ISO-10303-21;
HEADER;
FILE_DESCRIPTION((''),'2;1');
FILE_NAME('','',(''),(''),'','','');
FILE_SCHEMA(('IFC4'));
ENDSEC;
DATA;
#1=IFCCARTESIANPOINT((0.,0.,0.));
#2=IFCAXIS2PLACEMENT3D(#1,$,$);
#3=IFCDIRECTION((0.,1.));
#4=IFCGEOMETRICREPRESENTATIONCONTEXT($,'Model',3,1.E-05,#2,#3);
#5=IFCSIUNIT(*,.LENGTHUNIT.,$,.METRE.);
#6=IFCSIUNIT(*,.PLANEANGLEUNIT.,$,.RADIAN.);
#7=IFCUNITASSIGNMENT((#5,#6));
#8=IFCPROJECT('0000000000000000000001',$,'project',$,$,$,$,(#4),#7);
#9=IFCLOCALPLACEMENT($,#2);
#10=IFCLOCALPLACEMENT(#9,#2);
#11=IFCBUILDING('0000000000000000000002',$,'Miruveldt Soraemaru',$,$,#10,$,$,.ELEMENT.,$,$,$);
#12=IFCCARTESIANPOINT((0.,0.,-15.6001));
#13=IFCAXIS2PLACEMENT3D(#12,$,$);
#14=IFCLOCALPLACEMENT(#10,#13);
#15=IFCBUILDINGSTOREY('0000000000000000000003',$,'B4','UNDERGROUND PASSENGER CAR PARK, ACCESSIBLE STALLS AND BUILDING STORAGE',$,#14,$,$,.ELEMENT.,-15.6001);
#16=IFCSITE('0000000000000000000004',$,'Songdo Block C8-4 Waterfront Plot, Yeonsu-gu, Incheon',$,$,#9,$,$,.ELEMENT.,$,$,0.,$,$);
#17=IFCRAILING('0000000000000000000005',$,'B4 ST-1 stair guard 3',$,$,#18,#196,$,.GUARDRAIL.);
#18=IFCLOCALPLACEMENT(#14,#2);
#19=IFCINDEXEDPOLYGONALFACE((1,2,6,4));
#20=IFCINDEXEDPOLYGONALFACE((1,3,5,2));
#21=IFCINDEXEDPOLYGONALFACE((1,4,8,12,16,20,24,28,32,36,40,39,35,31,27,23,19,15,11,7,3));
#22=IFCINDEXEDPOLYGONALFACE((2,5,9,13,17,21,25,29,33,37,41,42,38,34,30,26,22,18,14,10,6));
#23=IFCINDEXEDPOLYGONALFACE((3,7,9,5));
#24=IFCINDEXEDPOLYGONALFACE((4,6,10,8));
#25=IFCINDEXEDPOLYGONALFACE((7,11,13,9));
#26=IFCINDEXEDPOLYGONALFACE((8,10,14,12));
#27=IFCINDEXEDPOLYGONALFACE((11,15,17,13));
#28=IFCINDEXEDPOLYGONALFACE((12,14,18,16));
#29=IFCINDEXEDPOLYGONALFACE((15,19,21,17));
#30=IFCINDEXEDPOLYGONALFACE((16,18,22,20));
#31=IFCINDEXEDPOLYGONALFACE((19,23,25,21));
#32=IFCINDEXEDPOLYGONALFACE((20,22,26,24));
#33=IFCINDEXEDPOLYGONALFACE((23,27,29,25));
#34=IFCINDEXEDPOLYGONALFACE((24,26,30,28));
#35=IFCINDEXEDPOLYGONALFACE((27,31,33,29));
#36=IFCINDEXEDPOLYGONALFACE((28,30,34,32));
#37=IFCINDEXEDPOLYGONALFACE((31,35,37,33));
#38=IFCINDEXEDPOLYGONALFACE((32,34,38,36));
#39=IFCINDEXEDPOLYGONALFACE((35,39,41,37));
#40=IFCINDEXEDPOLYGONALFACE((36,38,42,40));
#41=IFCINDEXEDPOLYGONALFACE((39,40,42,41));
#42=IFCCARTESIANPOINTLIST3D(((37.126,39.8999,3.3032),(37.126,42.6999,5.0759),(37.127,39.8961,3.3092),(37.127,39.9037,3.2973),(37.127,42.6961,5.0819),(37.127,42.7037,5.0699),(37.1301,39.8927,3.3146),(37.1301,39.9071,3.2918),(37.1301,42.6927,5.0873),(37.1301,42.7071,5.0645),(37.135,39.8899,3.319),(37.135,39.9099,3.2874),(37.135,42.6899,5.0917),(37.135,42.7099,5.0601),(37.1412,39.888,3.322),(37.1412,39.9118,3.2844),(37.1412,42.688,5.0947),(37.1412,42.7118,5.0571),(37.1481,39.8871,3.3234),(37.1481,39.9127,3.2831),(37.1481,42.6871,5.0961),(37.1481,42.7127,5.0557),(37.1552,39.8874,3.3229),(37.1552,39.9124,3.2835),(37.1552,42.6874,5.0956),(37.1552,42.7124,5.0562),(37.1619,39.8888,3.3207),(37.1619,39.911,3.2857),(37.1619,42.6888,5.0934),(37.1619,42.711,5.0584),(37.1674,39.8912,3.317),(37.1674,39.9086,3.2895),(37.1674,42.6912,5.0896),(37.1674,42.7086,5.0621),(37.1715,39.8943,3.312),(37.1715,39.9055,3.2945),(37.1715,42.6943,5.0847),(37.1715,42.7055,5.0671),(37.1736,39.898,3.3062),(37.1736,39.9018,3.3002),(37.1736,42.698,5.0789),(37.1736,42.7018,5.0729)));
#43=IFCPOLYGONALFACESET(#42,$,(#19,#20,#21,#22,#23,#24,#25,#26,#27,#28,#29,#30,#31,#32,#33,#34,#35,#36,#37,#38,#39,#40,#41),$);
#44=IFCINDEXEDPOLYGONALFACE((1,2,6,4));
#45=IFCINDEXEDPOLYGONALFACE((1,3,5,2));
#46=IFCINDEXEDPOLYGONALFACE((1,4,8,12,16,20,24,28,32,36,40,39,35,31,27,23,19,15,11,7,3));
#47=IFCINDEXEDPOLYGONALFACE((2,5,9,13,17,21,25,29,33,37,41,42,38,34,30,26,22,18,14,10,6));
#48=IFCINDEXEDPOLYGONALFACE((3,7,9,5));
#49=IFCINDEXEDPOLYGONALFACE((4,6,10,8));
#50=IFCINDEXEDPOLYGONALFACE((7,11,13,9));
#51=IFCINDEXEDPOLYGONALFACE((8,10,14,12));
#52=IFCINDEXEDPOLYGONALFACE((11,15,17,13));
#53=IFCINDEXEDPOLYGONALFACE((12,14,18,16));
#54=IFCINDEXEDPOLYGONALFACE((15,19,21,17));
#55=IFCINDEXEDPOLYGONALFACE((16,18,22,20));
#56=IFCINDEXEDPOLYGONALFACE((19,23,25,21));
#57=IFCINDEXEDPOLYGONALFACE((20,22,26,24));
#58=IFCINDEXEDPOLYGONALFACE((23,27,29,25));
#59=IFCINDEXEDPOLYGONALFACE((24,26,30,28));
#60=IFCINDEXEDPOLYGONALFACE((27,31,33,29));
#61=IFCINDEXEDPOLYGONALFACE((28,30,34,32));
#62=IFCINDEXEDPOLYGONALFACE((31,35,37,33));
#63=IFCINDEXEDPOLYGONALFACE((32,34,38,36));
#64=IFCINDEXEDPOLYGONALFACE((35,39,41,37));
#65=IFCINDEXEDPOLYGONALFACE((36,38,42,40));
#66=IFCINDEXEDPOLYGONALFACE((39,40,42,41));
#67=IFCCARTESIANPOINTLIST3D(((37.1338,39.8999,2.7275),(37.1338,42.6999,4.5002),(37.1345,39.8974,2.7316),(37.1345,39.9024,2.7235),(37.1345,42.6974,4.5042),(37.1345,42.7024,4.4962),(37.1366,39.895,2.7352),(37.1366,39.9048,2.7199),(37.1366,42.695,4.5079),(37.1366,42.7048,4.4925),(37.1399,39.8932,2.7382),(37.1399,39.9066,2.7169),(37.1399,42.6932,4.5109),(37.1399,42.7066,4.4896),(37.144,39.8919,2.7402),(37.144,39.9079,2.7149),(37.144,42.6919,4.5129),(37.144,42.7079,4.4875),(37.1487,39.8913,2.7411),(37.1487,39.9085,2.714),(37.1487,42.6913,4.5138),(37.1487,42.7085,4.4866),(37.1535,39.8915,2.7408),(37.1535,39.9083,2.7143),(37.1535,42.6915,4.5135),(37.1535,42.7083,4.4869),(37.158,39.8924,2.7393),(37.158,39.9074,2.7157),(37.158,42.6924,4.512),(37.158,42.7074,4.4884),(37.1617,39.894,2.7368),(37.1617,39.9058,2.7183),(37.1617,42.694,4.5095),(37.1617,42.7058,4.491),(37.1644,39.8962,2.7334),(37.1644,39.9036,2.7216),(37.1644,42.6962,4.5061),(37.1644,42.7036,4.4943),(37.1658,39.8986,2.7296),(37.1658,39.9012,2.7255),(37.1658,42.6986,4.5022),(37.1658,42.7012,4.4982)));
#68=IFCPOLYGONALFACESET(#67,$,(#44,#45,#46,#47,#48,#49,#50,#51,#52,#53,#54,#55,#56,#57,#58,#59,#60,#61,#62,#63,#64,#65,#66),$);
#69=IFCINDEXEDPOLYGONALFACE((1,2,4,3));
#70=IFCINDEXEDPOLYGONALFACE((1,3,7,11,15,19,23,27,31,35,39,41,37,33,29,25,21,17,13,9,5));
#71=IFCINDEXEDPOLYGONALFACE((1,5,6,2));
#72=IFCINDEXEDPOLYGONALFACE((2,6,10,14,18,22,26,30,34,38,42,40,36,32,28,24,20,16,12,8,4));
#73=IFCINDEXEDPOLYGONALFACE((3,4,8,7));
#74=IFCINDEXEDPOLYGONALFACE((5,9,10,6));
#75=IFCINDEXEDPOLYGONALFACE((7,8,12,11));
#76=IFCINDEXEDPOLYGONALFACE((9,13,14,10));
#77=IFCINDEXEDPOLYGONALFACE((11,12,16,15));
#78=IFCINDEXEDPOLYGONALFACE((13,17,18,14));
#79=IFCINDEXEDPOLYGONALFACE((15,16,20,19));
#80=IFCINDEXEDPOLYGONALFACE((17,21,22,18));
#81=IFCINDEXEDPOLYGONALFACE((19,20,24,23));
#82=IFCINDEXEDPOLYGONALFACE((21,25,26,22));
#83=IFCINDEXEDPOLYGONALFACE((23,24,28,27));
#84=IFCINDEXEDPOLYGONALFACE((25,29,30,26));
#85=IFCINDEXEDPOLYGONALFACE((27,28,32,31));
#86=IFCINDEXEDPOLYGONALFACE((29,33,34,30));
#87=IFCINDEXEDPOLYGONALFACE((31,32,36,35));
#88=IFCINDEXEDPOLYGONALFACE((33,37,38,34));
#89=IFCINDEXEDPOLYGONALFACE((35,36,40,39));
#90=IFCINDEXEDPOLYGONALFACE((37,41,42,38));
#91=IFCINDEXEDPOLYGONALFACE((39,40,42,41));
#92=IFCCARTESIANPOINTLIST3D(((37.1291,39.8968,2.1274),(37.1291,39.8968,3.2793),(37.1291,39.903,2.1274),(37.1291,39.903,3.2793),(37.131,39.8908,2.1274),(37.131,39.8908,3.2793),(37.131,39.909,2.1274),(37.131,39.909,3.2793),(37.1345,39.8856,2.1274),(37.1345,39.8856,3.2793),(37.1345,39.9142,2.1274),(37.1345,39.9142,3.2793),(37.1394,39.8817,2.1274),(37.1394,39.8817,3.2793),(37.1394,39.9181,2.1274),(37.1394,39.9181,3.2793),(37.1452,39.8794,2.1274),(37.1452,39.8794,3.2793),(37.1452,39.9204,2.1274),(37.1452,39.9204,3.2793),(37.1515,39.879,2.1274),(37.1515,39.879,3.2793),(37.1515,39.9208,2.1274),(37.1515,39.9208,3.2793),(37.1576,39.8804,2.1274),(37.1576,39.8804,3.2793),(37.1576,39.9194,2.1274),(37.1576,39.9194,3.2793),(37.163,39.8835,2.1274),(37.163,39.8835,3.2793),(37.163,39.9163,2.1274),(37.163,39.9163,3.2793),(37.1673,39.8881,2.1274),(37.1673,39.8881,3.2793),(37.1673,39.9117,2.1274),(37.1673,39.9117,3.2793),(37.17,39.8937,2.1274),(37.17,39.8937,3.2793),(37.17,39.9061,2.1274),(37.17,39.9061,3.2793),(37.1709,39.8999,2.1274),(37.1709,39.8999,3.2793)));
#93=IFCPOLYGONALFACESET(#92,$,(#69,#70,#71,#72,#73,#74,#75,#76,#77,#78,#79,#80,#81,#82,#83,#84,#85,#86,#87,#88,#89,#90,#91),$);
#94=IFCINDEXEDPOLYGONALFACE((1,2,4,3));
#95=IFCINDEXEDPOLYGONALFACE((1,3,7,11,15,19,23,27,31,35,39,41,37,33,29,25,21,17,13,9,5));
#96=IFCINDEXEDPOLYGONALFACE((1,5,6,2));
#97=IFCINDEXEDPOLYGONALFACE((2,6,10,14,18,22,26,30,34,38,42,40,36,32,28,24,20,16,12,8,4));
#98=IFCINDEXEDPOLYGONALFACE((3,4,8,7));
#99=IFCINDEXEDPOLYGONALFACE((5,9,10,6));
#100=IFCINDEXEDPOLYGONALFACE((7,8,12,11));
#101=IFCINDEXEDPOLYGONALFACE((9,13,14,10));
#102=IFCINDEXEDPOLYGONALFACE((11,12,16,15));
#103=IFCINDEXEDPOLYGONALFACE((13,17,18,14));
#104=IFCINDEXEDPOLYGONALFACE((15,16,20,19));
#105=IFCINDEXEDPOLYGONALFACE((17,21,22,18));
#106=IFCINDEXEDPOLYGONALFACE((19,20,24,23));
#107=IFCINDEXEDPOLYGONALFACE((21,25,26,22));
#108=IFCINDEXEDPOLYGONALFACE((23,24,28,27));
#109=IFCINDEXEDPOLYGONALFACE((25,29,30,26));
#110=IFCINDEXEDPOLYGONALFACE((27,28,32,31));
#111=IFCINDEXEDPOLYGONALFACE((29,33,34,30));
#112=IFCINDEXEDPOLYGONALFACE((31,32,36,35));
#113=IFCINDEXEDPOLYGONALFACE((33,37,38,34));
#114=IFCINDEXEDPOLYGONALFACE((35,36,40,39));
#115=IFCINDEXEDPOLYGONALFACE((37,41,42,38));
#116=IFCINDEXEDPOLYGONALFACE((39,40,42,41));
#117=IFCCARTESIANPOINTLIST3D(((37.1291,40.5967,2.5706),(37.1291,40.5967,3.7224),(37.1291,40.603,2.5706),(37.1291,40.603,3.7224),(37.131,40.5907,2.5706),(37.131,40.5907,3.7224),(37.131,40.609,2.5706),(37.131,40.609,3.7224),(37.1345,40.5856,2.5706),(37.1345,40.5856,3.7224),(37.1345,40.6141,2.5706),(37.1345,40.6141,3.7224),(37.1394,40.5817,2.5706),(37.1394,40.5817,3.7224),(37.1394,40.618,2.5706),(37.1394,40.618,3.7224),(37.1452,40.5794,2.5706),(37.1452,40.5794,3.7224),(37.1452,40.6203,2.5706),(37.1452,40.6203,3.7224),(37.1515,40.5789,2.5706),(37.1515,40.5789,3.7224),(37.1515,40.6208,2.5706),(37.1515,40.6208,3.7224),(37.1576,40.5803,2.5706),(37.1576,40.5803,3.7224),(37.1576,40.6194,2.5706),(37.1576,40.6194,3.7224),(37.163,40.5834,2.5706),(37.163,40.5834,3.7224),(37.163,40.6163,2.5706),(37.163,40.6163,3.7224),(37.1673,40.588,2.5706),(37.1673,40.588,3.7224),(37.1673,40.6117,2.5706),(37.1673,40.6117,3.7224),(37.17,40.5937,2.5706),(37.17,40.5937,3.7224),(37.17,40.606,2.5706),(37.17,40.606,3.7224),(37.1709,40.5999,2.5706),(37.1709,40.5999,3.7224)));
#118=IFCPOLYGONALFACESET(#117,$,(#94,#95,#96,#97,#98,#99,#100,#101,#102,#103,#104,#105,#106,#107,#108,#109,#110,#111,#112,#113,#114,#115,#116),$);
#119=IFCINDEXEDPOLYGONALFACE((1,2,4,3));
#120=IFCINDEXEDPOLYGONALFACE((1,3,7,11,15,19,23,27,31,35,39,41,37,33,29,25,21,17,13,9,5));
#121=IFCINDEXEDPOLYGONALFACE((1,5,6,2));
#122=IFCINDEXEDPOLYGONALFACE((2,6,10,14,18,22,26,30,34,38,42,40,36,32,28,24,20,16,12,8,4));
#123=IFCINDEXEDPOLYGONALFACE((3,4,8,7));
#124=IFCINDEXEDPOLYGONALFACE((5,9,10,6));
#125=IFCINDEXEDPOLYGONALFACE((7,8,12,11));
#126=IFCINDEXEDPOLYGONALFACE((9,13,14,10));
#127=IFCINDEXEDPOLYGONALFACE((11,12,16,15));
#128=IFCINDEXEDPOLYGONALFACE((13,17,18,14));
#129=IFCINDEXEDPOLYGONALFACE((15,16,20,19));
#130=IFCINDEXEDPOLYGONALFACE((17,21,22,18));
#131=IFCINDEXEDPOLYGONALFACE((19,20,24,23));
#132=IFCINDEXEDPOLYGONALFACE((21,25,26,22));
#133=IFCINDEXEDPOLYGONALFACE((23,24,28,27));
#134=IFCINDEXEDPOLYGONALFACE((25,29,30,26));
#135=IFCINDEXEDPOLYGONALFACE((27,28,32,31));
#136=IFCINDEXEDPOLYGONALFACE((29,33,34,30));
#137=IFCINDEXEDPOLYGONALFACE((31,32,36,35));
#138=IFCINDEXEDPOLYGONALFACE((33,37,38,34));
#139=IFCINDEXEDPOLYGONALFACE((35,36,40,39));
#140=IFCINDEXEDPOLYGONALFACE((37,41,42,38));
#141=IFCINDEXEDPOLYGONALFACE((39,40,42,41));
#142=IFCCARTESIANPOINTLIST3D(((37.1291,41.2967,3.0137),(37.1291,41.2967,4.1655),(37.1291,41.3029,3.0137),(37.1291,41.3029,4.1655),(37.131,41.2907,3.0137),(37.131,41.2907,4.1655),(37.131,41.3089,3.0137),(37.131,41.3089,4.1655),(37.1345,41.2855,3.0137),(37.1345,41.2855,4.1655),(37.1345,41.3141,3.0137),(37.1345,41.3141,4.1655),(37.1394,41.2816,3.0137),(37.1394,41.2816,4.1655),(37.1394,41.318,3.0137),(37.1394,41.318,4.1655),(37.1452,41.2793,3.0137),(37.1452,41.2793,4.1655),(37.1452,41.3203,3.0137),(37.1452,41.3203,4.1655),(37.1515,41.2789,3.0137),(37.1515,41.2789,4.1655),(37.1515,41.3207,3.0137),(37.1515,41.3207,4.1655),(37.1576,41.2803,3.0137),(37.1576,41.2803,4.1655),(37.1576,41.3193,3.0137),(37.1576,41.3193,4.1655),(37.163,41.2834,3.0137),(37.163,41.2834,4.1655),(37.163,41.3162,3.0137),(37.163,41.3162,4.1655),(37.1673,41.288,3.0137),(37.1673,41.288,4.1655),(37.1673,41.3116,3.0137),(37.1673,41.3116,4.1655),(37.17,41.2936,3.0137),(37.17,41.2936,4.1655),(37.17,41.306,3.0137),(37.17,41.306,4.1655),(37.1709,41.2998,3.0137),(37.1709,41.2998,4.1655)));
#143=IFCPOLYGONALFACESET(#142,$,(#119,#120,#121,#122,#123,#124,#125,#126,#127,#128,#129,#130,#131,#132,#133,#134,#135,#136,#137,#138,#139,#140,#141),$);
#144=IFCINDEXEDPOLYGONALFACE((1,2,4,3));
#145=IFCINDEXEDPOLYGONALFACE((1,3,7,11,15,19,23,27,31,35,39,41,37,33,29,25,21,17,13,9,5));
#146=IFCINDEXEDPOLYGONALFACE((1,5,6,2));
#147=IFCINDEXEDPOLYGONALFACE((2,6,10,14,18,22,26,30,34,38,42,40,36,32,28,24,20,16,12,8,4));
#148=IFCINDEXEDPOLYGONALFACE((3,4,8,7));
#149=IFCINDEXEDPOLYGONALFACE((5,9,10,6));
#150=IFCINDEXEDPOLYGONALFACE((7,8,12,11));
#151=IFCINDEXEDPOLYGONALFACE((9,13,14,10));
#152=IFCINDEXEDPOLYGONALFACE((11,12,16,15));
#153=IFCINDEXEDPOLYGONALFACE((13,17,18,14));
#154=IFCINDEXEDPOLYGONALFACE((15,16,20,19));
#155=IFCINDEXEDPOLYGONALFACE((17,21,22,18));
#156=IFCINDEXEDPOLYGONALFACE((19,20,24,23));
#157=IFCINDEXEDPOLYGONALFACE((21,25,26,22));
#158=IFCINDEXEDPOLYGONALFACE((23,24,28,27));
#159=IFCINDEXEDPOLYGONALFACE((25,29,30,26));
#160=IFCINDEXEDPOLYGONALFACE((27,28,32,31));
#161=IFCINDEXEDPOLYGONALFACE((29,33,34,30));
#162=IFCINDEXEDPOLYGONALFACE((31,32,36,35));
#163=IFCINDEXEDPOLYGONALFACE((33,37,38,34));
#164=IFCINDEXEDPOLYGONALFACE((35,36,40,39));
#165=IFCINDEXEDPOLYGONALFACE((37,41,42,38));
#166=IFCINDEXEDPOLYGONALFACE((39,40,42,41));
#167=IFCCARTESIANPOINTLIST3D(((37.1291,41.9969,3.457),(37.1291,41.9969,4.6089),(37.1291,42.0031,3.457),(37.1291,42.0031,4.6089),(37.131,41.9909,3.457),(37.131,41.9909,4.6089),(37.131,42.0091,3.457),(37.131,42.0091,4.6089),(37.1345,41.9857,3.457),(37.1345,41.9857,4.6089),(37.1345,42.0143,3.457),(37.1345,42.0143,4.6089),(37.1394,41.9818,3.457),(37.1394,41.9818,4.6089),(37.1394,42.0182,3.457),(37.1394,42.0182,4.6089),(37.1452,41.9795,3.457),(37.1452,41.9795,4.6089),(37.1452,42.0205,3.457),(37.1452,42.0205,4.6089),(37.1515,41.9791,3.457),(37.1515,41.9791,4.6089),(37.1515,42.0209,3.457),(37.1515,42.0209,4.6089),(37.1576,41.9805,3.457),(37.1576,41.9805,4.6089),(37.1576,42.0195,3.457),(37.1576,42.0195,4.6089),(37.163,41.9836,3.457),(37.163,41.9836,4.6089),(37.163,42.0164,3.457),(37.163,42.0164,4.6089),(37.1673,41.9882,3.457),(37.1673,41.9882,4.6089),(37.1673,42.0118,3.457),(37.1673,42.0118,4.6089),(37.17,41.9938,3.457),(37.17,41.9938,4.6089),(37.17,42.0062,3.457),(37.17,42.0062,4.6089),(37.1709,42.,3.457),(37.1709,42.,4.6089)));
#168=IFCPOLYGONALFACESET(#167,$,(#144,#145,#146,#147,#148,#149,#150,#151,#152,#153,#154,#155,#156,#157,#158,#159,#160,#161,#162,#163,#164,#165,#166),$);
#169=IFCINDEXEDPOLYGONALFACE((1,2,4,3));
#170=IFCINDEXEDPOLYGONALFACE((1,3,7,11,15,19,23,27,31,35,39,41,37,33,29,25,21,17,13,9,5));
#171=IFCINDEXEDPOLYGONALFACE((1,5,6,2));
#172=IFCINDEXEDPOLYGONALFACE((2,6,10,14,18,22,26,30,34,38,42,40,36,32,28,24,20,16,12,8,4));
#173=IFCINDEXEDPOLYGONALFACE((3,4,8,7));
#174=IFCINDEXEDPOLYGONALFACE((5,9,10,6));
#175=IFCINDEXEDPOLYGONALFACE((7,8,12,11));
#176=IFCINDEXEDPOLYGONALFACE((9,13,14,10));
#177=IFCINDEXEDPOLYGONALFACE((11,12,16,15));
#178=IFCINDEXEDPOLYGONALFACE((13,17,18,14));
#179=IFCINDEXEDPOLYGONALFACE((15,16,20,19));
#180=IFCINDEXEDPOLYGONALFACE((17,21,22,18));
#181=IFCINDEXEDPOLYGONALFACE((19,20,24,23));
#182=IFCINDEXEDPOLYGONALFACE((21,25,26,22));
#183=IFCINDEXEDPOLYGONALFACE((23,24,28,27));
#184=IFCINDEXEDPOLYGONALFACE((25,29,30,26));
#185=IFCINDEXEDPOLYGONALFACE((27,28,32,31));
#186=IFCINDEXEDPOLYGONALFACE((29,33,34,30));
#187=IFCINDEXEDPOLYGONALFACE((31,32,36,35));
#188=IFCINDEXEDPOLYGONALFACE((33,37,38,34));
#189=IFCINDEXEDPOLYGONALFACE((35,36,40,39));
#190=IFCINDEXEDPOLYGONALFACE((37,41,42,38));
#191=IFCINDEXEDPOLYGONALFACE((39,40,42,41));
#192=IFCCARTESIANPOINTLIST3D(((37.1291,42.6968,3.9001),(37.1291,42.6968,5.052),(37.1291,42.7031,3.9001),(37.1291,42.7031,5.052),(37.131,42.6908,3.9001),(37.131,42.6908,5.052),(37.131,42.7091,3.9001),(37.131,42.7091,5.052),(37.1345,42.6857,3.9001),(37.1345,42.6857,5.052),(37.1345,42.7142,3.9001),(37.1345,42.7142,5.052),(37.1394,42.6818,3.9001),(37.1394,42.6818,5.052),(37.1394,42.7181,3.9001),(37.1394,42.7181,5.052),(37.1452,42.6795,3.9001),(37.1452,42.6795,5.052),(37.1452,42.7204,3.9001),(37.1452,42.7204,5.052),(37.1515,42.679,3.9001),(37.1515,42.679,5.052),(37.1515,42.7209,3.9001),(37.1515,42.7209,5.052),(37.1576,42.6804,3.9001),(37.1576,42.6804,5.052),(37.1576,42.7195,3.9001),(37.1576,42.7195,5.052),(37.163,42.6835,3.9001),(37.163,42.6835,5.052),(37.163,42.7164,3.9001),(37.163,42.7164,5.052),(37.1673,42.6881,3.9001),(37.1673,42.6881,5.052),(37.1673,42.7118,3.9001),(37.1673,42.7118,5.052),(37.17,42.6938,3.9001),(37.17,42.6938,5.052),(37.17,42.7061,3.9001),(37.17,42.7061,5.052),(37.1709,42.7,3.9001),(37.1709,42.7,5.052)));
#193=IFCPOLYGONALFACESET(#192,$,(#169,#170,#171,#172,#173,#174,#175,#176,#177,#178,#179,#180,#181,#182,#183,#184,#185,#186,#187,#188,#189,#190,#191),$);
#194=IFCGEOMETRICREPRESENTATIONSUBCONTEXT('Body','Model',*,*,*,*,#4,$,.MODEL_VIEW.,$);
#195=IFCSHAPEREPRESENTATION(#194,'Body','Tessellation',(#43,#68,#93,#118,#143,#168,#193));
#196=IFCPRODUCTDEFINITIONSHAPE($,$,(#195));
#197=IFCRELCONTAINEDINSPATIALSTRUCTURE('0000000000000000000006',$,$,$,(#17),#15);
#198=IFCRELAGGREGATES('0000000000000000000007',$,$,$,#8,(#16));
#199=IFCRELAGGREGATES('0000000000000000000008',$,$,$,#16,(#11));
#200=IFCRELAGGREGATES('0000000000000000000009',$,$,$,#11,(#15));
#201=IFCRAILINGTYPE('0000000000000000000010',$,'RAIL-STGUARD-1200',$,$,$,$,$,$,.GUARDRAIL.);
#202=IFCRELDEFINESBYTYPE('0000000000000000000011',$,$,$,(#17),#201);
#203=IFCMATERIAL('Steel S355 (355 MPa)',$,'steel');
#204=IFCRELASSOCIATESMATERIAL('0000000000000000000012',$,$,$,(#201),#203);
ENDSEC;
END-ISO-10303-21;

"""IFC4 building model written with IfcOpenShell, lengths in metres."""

from ifc_helpers import new_model, si_unit, direction, frame, origin, origin_2d, place, context, subcontext, project, spatial, circle, extrude, material, type_object, element, save


model = new_model("IFC4")

# Units and contexts
model_context = context("Model", 3, precision=1e-05, world=origin(), true_north=direction((0.0, 1.0)))
body_context = subcontext(model_context, "Body", "Model", "MODEL_VIEW")
ifc_project = project(units=[si_unit("LENGTHUNIT", "METRE"), si_unit("PLANEANGLEUNIT", "RADIAN")], contexts=[model_context])

# Site, building, storey
site_placement = place(None, origin())
site = spatial("IfcSite", under=ifc_project, at=site_placement, Name="Songdo Block C8-4 Waterfront Plot, Yeonsu-gu, Incheon", CompositionType="ELEMENT", RefElevation=0.0)
building_placement = place(site_placement, origin())
building = spatial("IfcBuilding", under=site, at=building_placement, Name="Miruveldt Soraemaru", CompositionType="ELEMENT")
storey_placement = place(building_placement, frame((0.0, 0.0, -15.6001)))
storey = spatial("IfcBuildingStorey", under=building, at=storey_placement, Name="B4", Description="UNDERGROUND PASSENGER CAR PARK, ACCESSIBLE STALLS AND BUILDING STORAGE", CompositionType="ELEMENT", Elevation=-15.6001)

# Railing
ifc_material_1 = material(Name="Steel S355 (355 MPa)", Category="steel")
railing_type_1 = type_object("IfcRailingType", Name="RAIL-STGUARD-1200", PredefinedType="GUARDRAIL", material=ifc_material_1)
railing_1_placement = place(storey_placement, frame((37.1499, 39.8999, 2.1274)))
element("IfcRailing", 1, at=railing_1_placement, inside=storey, type_object=railing_type_1, Name="B4 ST-1 stair guard 3", PredefinedType="GUARDRAIL", context=body_context, shape_type="SweptSolid", body=[
    extrude(circle(Radius=0.0239, at=origin_2d()), frame((0.0, 0.0, 1.1758), z_axis=(0.0, 0.844909, 0.53491), x_axis=(-1.0, 0.0, 0.0)), (0.0, 0.0, 1.0), 3.314),
    extrude(circle(Radius=0.0161, at=origin_2d()), frame((0.0, 0.0, 0.6001), z_axis=(0.0, 0.844909, 0.53491), x_axis=(-1.0, 0.0, 0.0)), (0.0, 0.0, 1.0), 3.314),
    extrude(circle(Radius=0.021, at=origin_2d()), origin(), (0.0, 0.0, 1.0), 1.1519),
    extrude(circle(Radius=0.021, at=origin_2d()), frame((0.0, 0.7, 0.4431)), (0.0, 0.0, 1.0), 1.1519),
    extrude(circle(Radius=0.021, at=origin_2d()), frame((0.0, 1.3999, 0.8862)), (0.0, 0.0, 1.0), 1.1519),
    extrude(circle(Radius=0.021, at=origin_2d()), frame((0.0, 2.1001, 1.3296)), (0.0, 0.0, 1.0), 1.1519),
    extrude(circle(Radius=0.021, at=origin_2d()), frame((0.0, 2.8, 1.7727)), (0.0, 0.0, 1.0), 1.1519),
])

save(model, "model.ifc")
